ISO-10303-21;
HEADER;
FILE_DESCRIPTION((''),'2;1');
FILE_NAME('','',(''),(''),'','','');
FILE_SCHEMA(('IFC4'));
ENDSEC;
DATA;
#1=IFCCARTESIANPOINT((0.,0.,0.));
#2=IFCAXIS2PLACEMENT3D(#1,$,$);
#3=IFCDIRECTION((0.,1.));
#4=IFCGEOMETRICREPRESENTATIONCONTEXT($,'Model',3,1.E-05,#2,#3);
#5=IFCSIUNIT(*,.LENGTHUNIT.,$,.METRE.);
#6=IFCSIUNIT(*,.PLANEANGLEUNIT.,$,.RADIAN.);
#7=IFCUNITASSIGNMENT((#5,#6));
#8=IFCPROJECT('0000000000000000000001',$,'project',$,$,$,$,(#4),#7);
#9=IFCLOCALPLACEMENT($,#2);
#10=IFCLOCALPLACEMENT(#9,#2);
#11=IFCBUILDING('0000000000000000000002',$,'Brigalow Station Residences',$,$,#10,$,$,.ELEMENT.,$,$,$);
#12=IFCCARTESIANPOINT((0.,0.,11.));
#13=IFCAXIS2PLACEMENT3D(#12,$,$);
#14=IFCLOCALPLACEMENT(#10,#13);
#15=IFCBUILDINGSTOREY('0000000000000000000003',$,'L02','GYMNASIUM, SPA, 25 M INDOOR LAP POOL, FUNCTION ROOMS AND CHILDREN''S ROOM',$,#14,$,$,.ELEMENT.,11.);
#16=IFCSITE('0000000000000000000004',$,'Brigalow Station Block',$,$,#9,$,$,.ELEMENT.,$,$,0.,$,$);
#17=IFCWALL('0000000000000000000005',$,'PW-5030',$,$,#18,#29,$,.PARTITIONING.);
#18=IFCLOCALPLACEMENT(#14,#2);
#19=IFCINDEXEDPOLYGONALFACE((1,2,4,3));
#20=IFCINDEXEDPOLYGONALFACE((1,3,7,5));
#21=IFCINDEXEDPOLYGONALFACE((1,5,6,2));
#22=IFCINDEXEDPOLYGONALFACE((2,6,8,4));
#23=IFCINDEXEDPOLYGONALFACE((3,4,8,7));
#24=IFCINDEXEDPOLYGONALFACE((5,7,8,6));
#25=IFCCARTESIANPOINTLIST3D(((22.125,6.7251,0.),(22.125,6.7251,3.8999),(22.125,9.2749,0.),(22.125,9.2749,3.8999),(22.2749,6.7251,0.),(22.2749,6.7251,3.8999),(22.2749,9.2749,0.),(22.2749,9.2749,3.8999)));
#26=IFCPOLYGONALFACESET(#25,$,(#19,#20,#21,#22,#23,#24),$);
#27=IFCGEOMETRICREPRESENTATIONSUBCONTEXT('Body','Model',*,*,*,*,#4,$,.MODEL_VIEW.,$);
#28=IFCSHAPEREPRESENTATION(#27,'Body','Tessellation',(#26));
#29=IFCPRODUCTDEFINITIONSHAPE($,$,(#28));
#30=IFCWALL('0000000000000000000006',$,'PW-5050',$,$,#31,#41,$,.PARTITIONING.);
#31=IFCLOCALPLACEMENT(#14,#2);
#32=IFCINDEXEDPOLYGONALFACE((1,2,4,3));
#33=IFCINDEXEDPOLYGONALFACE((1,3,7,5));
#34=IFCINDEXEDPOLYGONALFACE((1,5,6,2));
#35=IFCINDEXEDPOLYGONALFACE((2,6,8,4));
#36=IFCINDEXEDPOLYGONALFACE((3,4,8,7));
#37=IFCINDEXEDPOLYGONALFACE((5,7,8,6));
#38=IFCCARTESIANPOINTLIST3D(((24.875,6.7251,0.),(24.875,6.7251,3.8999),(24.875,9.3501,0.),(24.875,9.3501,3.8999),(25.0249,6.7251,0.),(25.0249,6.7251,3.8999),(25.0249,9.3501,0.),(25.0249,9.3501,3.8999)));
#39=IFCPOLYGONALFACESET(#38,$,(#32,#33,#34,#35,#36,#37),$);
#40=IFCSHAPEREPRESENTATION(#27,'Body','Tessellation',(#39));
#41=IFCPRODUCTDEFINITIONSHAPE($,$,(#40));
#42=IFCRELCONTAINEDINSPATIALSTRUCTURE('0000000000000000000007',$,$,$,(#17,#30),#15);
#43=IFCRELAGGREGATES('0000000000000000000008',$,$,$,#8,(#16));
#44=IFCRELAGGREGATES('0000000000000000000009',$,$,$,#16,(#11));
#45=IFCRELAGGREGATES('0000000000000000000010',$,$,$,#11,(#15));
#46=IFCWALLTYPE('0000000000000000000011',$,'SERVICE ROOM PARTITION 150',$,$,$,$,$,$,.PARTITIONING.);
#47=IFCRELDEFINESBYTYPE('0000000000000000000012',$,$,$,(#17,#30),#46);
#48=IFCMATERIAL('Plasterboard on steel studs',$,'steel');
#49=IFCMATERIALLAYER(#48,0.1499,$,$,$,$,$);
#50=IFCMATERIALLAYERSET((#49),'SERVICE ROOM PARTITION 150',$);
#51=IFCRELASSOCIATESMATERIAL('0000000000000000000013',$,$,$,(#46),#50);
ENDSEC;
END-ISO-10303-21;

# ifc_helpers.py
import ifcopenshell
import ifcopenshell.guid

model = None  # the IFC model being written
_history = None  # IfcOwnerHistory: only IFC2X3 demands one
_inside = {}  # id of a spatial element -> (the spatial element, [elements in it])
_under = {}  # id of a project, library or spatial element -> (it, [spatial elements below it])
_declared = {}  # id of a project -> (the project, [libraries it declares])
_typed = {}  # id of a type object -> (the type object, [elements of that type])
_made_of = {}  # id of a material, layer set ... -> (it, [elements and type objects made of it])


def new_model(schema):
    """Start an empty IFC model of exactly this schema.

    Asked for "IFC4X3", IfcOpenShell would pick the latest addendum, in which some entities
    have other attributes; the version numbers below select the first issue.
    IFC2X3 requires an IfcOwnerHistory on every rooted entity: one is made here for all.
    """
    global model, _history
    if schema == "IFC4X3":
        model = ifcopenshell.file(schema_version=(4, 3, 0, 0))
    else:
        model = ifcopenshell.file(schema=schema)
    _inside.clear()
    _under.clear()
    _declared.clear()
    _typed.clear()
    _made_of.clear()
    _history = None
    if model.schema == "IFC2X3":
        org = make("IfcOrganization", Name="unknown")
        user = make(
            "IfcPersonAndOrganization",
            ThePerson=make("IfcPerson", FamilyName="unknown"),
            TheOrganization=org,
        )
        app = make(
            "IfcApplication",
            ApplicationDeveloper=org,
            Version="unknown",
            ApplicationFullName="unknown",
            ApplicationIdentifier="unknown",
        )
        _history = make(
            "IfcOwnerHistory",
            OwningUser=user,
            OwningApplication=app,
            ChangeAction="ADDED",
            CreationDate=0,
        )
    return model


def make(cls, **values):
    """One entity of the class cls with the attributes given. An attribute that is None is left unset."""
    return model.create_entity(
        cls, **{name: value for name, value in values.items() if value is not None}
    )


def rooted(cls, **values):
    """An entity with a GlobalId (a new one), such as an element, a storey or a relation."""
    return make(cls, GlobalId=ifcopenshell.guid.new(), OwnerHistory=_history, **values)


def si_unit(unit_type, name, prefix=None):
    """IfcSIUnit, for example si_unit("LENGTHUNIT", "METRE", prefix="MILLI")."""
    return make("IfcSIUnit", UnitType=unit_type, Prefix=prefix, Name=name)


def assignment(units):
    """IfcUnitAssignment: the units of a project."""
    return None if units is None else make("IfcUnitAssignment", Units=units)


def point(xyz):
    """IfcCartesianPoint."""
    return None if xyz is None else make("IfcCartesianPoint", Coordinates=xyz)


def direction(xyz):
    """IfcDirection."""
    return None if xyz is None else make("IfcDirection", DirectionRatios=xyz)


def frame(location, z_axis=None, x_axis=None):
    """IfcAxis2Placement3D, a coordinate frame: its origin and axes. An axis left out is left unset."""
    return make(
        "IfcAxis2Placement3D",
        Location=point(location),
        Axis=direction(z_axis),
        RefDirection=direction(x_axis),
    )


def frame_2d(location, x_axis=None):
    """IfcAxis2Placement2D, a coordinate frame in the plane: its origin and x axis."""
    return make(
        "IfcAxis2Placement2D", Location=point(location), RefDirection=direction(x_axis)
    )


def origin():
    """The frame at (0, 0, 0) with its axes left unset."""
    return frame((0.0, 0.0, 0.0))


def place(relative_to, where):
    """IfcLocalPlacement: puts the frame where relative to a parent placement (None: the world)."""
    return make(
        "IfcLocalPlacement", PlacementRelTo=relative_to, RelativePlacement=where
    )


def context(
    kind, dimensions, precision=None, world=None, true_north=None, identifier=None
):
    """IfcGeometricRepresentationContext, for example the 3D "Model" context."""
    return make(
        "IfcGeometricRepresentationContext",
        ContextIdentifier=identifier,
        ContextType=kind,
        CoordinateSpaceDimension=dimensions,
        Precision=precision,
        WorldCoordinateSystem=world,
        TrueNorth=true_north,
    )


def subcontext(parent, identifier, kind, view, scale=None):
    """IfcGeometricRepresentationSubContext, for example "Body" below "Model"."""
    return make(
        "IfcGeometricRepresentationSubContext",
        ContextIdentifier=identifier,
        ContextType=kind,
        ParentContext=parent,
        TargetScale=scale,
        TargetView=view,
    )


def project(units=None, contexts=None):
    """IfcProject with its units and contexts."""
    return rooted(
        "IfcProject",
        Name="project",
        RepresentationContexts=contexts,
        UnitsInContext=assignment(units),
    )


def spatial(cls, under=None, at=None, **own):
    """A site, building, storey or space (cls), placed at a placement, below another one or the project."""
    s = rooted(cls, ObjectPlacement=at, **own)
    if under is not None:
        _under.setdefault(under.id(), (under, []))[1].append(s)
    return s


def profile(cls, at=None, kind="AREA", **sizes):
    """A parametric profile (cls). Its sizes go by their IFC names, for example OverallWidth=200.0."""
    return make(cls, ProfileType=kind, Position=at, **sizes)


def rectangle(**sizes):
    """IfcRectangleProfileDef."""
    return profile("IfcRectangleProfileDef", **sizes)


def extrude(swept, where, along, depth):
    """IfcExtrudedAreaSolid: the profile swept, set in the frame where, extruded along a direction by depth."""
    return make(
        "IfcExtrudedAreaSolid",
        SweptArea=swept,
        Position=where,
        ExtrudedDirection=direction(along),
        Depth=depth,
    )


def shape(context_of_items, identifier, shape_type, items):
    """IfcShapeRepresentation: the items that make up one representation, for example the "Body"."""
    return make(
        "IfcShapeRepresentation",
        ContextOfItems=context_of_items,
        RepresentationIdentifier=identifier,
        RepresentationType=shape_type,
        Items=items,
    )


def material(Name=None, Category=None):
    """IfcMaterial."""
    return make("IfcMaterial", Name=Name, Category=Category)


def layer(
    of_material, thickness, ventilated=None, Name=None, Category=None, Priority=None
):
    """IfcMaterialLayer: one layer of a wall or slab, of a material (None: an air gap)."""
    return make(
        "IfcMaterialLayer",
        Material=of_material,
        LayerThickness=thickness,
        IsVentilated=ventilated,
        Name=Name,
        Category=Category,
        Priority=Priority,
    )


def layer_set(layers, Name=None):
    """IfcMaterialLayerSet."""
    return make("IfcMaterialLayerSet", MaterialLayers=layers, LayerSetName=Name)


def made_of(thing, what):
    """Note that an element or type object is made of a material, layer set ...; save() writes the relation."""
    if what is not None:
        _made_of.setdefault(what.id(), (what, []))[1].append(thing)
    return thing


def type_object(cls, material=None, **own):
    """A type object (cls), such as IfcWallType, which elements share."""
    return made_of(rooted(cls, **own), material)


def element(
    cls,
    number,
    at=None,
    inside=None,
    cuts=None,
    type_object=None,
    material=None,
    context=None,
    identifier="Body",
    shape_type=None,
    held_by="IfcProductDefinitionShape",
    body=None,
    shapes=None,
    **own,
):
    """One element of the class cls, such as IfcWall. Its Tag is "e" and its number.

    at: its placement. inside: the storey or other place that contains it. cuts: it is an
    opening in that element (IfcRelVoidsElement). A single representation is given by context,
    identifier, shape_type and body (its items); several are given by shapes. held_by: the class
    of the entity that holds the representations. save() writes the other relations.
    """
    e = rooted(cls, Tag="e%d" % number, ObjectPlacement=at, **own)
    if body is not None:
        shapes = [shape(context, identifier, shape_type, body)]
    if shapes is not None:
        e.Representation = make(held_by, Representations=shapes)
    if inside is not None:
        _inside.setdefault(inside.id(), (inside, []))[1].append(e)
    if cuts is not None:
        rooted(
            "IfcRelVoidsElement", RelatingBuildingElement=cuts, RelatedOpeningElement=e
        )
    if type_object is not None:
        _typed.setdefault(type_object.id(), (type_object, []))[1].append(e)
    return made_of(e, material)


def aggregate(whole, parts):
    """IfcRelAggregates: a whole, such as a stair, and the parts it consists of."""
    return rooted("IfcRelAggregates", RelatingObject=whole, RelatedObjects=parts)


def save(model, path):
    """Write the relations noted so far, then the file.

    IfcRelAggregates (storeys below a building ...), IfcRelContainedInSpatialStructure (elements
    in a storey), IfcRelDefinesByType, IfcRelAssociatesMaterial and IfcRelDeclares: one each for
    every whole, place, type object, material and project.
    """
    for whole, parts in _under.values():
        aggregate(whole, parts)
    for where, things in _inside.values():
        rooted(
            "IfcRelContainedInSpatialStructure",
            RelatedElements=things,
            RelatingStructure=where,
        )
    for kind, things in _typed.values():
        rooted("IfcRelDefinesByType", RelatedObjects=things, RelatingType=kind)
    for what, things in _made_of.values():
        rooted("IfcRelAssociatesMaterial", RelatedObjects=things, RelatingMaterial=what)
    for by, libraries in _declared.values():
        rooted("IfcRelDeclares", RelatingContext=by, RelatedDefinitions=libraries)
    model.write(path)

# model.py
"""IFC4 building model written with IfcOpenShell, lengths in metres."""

from ifc_helpers import new_model, si_unit, direction, frame, frame_2d, origin, place, context, subcontext, project, spatial, rectangle, extrude, material, layer, layer_set, type_object, element, save


model = new_model("IFC4")

# Units and contexts
model_context = context("Model", 3, precision=1e-05, world=origin(), true_north=direction((0.0, 1.0)))
body_context = subcontext(model_context, "Body", "Model", "MODEL_VIEW")
ifc_project = project(units=[si_unit("LENGTHUNIT", "METRE"), si_unit("PLANEANGLEUNIT", "RADIAN")], contexts=[model_context])

# Site, building, storey
site_placement = place(None, origin())
site = spatial("IfcSite", under=ifc_project, at=site_placement, Name="Brigalow Station Block", CompositionType="ELEMENT", RefElevation=0.0)
building_placement = place(site_placement, origin())
building = spatial("IfcBuilding", under=site, at=building_placement, Name="Brigalow Station Residences", CompositionType="ELEMENT")
storey_placement = place(building_placement, frame((0.0, 0.0, 11.0)))
storey = spatial("IfcBuildingStorey", under=building, at=storey_placement, Name="L02", Description="GYMNASIUM, SPA, 25 M INDOOR LAP POOL, FUNCTION ROOMS AND CHILDREN'S ROOM", CompositionType="ELEMENT", Elevation=11.0)

# Walls
ifc_material_1 = material(Name="Plasterboard on steel studs", Category="steel")
ifc_layer_1 = layer(ifc_material_1, 0.1499)
ifc_layer_set_1 = layer_set([ifc_layer_1], Name="SERVICE ROOM PARTITION 150")
wall_type_1 = type_object("IfcWallType", Name="SERVICE ROOM PARTITION 150", PredefinedType="PARTITIONING", material=ifc_layer_set_1)
wall_1_placement = place(storey_placement, frame((22.2, 6.7251, 0.0), z_axis=(0.0, 0.0, 1.0), x_axis=(0.0, 1.0, 0.0)))
element("IfcWall", 1, at=wall_1_placement, inside=storey, type_object=wall_type_1, Name="PW-5030", PredefinedType="PARTITIONING", context=body_context, shape_type="SweptSolid", body=[
    extrude(rectangle(XDim=2.5498, YDim=0.1499, at=frame_2d((1.2749, 0.0))), origin(), (0.0, 0.0, 1.0), 3.8999),
])
wall_2_placement = place(storey_placement, frame((24.95, 6.7251, 0.0), z_axis=(0.0, 0.0, 1.0), x_axis=(0.0, 1.0, 0.0)))
element("IfcWall", 2, at=wall_2_placement, inside=storey, type_object=wall_type_1, Name="PW-5050", PredefinedType="PARTITIONING", context=body_context, shape_type="SweptSolid", body=[
    extrude(rectangle(XDim=2.625, YDim=0.1499, at=frame_2d((1.3125, 0.0))), origin(), (0.0, 0.0, 1.0), 3.8999),
])

save(model, "model.ifc")
